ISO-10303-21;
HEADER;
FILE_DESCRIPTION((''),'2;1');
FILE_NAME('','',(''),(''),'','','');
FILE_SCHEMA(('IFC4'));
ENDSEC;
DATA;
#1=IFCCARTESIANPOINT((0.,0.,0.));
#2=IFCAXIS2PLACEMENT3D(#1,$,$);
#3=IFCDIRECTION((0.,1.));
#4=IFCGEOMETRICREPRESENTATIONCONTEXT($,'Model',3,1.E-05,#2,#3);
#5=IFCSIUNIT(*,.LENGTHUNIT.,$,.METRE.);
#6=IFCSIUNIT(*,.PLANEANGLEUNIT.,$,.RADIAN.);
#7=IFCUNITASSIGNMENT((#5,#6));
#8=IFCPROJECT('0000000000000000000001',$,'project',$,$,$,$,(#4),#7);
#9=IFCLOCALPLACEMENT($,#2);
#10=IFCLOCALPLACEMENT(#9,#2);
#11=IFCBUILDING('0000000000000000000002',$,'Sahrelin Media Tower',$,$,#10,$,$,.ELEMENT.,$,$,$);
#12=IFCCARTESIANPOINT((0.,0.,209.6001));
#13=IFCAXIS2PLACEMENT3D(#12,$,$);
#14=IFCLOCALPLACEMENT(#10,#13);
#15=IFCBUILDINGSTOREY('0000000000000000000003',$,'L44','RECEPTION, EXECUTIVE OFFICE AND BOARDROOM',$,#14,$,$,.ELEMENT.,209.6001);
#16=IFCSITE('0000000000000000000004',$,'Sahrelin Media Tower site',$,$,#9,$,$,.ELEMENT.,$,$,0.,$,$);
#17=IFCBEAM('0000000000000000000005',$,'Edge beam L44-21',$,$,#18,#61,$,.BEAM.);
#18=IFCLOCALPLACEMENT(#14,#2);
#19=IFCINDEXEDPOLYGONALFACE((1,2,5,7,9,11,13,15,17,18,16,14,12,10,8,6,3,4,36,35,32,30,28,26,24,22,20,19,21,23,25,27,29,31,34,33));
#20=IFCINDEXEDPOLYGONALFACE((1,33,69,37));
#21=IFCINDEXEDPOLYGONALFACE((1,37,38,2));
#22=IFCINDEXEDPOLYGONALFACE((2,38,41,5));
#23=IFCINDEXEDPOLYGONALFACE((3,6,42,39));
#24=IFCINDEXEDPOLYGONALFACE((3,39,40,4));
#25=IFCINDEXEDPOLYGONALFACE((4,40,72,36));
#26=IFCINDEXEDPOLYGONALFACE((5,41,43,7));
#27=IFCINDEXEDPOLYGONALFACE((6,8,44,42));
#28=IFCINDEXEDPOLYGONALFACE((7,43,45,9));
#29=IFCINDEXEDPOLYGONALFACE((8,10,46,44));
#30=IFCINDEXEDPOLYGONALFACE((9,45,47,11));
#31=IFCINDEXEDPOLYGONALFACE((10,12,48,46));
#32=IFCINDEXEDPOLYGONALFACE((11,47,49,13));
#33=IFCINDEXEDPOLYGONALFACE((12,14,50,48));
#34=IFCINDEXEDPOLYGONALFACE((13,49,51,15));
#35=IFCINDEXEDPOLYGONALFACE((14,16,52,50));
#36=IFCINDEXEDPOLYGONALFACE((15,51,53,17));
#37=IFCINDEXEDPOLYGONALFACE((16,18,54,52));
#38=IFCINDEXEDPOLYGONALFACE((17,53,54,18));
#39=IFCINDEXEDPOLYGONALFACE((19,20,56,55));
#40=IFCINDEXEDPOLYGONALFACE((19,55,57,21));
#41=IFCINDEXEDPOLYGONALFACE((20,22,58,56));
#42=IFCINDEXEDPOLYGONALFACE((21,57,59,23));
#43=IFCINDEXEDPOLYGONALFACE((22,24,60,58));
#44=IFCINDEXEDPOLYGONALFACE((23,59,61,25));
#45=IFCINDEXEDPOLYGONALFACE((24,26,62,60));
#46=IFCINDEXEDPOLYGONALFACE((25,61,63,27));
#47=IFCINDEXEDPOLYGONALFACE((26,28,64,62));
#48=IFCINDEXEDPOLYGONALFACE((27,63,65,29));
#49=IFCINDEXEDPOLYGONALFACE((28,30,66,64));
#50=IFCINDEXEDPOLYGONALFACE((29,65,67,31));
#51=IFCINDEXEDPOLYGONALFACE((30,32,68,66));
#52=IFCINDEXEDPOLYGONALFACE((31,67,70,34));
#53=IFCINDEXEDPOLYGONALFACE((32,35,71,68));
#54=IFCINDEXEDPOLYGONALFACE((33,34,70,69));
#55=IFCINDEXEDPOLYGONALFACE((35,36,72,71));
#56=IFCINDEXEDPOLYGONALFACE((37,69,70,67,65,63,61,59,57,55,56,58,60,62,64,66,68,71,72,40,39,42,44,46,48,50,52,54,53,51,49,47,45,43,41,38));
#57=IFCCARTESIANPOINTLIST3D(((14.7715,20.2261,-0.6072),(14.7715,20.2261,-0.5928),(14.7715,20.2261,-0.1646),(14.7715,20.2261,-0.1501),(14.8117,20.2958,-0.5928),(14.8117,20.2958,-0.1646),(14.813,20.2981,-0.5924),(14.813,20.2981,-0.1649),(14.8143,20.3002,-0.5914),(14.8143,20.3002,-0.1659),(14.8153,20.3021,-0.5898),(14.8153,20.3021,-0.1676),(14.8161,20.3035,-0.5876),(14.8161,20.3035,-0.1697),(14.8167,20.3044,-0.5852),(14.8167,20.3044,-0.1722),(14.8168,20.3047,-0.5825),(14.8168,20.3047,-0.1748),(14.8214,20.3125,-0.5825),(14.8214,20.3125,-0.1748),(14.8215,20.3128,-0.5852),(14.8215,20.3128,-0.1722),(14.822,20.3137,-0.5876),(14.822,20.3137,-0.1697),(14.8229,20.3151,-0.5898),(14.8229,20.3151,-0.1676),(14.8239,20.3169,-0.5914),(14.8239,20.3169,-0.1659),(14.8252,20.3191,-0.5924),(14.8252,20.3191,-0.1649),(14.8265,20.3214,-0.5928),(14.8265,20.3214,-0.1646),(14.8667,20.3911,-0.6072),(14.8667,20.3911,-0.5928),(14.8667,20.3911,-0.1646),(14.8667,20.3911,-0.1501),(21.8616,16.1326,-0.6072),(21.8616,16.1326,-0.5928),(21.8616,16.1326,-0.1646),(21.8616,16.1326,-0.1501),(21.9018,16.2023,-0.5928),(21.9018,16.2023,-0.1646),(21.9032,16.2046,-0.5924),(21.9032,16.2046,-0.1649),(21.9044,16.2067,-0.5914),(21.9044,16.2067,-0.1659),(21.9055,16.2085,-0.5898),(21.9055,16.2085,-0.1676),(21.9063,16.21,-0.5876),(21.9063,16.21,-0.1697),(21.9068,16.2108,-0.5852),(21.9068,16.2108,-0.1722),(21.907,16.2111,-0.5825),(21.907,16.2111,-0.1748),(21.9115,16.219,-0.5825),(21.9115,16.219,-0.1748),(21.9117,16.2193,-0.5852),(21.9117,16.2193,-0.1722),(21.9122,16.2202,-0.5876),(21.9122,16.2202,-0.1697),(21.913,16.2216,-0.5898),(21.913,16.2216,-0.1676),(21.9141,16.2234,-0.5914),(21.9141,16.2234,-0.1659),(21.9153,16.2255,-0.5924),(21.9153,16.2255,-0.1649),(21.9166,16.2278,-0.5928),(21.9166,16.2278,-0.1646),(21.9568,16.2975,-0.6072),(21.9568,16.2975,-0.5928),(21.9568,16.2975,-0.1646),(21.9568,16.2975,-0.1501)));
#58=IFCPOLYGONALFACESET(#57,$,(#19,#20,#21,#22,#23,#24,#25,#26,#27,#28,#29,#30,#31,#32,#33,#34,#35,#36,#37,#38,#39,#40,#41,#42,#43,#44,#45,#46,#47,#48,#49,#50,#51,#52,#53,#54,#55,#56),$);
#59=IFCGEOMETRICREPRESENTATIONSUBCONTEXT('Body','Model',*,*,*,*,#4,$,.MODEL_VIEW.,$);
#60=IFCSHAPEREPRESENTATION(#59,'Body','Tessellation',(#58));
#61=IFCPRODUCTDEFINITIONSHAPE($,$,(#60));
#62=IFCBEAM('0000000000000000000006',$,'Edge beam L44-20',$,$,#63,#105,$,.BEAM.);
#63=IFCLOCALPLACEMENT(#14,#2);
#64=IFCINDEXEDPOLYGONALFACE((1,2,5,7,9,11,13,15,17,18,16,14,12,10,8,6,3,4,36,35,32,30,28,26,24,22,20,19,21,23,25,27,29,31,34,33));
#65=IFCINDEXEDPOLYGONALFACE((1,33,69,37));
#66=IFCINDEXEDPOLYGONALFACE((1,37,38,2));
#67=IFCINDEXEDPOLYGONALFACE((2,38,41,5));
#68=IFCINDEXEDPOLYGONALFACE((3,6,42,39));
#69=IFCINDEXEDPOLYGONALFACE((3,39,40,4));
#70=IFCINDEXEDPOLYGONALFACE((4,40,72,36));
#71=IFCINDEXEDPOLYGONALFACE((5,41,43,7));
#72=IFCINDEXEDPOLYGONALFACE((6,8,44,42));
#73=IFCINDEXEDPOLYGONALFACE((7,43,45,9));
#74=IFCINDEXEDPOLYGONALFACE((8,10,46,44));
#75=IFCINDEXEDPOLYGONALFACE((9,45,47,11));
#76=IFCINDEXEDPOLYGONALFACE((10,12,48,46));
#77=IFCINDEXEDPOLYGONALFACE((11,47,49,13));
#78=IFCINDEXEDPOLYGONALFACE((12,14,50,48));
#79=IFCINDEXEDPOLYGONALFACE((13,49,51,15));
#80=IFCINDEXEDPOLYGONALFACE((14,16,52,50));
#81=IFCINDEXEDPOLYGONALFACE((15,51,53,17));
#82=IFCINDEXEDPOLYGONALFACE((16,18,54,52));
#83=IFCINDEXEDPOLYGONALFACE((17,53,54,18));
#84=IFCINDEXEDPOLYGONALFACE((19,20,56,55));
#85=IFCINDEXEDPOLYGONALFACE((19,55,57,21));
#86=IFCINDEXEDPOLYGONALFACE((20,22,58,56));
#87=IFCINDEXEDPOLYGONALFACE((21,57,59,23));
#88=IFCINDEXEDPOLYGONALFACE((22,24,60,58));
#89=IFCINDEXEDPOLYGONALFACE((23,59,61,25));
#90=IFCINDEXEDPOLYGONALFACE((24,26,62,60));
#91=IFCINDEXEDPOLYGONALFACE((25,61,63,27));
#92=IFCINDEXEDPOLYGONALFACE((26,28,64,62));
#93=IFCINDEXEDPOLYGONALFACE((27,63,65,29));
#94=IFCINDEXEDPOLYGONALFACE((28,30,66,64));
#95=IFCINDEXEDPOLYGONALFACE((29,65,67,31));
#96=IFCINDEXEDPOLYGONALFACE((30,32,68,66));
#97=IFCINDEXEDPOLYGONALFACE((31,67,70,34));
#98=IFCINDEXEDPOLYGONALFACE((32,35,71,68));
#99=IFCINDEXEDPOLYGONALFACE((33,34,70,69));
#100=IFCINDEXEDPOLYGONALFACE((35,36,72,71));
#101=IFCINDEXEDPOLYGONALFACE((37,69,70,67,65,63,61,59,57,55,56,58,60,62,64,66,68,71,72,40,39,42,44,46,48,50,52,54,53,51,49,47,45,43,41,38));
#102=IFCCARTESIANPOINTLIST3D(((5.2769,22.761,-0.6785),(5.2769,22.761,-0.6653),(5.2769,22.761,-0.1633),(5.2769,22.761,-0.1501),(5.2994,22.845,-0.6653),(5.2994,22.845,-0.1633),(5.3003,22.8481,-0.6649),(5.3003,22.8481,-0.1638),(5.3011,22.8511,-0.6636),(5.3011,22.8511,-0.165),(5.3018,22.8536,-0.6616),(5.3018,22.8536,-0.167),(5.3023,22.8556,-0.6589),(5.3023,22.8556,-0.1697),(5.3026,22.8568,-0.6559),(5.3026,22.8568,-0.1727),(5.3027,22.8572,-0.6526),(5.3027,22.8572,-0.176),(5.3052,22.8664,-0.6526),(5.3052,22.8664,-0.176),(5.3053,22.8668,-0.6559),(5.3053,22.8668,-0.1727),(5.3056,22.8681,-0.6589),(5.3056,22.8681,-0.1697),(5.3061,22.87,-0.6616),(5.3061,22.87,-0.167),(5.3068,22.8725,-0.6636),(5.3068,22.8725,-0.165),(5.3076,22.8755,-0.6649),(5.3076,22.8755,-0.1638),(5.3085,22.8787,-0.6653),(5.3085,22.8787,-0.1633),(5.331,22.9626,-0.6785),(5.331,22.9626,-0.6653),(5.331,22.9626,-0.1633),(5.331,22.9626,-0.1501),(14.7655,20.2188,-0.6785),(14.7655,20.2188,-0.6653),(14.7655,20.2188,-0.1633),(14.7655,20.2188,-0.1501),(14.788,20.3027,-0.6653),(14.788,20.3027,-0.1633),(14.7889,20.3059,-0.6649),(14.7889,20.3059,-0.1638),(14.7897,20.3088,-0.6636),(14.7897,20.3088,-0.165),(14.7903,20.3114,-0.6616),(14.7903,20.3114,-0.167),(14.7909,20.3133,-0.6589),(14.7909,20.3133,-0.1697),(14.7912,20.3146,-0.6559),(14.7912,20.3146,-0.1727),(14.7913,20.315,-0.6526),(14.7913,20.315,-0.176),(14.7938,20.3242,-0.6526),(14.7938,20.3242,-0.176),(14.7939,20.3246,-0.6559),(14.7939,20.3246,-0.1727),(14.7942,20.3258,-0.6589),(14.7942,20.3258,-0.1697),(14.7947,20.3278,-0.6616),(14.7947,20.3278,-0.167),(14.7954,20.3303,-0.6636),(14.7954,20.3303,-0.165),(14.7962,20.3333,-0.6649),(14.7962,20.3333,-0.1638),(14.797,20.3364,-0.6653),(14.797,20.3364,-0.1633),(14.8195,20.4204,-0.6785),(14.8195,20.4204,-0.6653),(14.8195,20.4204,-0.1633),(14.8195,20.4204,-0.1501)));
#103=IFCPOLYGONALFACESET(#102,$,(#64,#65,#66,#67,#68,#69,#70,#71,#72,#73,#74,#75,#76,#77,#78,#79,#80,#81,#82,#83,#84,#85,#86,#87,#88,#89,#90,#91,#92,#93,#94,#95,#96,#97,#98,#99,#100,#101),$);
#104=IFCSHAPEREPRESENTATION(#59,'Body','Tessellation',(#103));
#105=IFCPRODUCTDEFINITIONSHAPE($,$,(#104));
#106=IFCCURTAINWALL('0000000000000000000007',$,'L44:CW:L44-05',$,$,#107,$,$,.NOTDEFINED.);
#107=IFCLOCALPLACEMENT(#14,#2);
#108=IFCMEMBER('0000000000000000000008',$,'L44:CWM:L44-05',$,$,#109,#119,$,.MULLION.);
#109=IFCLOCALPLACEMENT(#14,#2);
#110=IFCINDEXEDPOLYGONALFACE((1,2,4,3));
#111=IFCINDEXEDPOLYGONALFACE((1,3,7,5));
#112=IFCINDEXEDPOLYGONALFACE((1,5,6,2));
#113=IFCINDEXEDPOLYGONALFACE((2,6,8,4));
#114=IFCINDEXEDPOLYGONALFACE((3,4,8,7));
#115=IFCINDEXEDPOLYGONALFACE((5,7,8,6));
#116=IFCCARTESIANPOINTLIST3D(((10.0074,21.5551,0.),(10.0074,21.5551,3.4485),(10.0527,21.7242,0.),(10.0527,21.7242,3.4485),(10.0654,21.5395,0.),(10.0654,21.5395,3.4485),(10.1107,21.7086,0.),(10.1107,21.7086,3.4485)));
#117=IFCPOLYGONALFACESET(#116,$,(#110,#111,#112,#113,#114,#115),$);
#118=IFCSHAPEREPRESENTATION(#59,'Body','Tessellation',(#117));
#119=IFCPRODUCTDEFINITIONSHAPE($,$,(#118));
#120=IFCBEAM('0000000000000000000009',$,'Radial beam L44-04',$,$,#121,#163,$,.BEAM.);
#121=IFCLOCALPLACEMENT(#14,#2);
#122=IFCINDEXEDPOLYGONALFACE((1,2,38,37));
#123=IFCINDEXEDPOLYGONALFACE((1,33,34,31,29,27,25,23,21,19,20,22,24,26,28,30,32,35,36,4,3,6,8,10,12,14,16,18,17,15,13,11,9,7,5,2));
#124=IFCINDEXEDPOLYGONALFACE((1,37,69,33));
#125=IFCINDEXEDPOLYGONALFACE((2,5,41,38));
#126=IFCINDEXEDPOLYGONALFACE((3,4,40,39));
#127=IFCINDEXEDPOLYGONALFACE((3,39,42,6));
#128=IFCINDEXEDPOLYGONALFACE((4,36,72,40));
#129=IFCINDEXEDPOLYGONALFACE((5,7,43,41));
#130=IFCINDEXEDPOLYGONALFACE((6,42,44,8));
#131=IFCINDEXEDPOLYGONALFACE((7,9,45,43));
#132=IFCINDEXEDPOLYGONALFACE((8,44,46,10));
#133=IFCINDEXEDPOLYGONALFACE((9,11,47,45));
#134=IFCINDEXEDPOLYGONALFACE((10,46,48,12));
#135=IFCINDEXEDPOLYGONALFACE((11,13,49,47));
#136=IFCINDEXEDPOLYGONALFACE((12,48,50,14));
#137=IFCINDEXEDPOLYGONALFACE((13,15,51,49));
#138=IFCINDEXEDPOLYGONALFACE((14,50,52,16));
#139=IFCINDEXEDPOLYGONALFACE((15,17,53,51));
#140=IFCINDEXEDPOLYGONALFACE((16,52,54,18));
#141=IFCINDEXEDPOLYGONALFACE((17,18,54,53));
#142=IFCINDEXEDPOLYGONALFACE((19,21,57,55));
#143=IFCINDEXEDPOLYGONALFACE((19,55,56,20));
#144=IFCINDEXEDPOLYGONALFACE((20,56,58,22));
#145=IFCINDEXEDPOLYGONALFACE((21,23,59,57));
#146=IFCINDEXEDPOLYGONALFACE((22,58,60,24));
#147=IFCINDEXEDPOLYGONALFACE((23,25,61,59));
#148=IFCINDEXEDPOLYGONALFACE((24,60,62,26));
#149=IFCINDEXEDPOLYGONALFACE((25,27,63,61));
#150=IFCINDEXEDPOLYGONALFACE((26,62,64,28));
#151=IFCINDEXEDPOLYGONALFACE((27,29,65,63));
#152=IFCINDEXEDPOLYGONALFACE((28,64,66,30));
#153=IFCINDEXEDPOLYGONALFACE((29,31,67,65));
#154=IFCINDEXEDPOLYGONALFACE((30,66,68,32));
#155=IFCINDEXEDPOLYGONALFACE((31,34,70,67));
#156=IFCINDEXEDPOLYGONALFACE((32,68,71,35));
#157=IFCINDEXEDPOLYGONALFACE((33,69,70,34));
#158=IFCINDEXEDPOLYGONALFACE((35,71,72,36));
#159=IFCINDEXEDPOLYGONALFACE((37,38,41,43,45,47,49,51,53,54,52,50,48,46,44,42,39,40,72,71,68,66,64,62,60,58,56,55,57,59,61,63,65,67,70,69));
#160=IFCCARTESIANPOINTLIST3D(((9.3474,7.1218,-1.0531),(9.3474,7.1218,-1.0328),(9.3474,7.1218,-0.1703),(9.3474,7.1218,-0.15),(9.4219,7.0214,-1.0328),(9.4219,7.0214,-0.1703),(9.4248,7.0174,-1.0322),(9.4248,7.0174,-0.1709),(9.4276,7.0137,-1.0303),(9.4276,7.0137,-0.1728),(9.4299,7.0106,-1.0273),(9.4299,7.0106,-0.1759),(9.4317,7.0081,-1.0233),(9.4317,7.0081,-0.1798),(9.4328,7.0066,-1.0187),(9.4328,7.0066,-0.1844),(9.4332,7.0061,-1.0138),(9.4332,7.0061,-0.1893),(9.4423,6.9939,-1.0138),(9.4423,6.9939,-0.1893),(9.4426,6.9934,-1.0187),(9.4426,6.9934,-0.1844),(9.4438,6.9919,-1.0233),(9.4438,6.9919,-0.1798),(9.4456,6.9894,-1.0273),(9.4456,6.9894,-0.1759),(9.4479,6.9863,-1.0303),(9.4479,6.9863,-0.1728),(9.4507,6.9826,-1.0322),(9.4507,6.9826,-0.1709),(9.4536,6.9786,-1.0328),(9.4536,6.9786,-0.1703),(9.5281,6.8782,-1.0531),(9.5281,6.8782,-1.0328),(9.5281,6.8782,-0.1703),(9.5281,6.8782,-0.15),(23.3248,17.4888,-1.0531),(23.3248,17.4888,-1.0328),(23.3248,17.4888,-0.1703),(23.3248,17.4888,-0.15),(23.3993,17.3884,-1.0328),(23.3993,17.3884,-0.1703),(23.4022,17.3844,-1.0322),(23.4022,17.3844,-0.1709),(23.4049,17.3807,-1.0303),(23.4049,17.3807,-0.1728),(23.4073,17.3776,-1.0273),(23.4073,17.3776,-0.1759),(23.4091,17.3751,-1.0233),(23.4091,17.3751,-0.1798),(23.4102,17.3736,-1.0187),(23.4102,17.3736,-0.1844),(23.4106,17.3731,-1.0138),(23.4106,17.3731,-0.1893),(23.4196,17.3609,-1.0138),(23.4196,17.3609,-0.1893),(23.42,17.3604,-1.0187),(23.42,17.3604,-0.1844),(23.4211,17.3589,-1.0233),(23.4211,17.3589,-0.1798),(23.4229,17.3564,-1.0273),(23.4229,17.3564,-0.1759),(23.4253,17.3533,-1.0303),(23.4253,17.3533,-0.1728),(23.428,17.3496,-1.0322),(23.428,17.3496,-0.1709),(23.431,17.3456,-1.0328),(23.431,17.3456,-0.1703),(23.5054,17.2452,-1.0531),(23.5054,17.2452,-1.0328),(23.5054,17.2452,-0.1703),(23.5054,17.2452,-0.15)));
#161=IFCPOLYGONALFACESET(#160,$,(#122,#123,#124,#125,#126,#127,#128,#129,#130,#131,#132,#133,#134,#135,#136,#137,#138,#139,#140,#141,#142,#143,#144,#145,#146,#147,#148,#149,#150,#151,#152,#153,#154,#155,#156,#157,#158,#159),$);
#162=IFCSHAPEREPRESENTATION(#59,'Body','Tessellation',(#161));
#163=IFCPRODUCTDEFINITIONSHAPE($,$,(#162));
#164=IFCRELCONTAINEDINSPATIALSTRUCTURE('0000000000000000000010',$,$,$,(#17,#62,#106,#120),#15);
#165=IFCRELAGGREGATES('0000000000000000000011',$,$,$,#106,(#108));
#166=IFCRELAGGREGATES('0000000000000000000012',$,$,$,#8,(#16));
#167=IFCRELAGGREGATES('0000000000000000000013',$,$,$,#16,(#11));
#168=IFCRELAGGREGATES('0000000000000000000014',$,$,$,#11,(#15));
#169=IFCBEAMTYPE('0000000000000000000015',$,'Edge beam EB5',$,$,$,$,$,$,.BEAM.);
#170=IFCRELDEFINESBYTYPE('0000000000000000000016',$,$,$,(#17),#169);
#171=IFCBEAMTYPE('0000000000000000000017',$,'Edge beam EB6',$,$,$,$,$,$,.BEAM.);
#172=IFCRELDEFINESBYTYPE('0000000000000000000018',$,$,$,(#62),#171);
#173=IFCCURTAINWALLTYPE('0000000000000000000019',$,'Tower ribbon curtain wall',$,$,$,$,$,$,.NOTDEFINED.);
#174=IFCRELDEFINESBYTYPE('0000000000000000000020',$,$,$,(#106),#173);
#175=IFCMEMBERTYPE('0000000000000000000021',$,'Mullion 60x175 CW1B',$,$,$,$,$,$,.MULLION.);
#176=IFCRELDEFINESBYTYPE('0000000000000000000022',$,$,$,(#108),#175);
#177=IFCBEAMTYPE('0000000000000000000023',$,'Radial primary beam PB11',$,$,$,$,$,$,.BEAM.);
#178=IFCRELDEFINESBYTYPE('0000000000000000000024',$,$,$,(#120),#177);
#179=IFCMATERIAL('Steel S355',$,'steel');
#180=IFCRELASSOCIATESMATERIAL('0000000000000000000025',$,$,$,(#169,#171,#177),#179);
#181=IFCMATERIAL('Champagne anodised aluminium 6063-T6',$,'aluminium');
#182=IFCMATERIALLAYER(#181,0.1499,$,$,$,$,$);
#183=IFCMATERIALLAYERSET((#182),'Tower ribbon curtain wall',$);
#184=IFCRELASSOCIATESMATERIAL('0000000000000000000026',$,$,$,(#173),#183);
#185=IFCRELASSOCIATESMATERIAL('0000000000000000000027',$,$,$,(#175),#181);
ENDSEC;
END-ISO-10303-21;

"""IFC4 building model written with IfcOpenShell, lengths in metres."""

from ifc_helpers import new_model, si_unit, direction, frame, origin, origin_2d, place, context, subcontext, project, spatial, rectangle, i_section, extrude, material, layer, layer_set, material_profile, profile_set, type_object, element, aggregate, save


model = new_model("IFC4")

# Units and contexts
model_context = context("Model", 3, precision=1e-05, world=origin(), true_north=direction((0.0, 1.0)))
body_context = subcontext(model_context, "Body", "Model", "MODEL_VIEW")
ifc_project = project(units=[si_unit("LENGTHUNIT", "METRE"), si_unit("PLANEANGLEUNIT", "RADIAN")], contexts=[model_context])

# Site, building, storey
site_placement = place(None, origin())
site = spatial("IfcSite", under=ifc_project, at=site_placement, Name="Sahrelin Media Tower site", CompositionType="ELEMENT", RefElevation=0.0)
building_placement = place(site_placement, origin())
building = spatial("IfcBuilding", under=site, at=building_placement, Name="Sahrelin Media Tower", CompositionType="ELEMENT")
storey_placement = place(building_placement, frame((0.0, 0.0, 209.6001)))
storey = spatial("IfcBuildingStorey", under=building, at=storey_placement, Name="L44", Description="RECEPTION, EXECUTIVE OFFICE AND BOARDROOM", CompositionType="ELEMENT", Elevation=209.6001)

# Beams
ifc_material_1 = material(Name="Steel S355", Category="steel")
ifc_material_profile_1 = material_profile(ifc_material_1, i_section(OverallWidth=0.1904, OverallDepth=0.457, WebThickness=0.009, FlangeThickness=0.0144, FilletRadius=0.0103, at=origin_2d()), Name="UB 457x191x74")
ifc_profile_set_1 = profile_set([ifc_material_profile_1], Name="Steel S355")
beam_type_1 = type_object("IfcBeamType", Name="Edge beam EB5", PredefinedType="BEAM", material=ifc_profile_set_1)
beam_1_placement = place(storey_placement, frame((14.8191, 20.3086, -0.3787), z_axis=(0.866023, -0.500004, 0.0), x_axis=(0.500004, 0.866023, 0.0)))
element("IfcBeam", 1, at=beam_1_placement, inside=storey, type_object=beam_type_1, Name="Edge beam L44-21", PredefinedType="BEAM", context=body_context, shape_type="SweptSolid", body=[
    extrude(i_section(OverallWidth=0.1904, OverallDepth=0.457, WebThickness=0.009, FlangeThickness=0.0144, FilletRadius=0.0103, at=origin_2d()), origin(), (0.0, 0.0, 1.0), 8.187),
])
ifc_material_profile_2 = material_profile(ifc_material_1, i_section(OverallWidth=0.2087, OverallDepth=0.5283, WebThickness=0.0095, FlangeThickness=0.0132, FilletRadius=0.0127, at=origin_2d()), Name="UB 533x210x82")
ifc_profile_set_2 = profile_set([ifc_material_profile_2], Name="Steel S355")
beam_type_2 = type_object("IfcBeamType", Name="Edge beam EB6", PredefinedType="BEAM", material=ifc_profile_set_2)
beam_2_placement = place(storey_placement, frame((5.304, 22.8618, -0.4143), z_axis=(0.965931, -0.258799, 0.0), x_axis=(0.258799, 0.965931, 0.0)))
element("IfcBeam", 2, at=beam_2_placement, inside=storey, type_object=beam_type_2, Name="Edge beam L44-20", PredefinedType="BEAM", context=body_context, shape_type="SweptSolid", body=[
    extrude(i_section(OverallWidth=0.2087, OverallDepth=0.5283, WebThickness=0.0095, FlangeThickness=0.0132, FilletRadius=0.0127, at=origin_2d()), origin(), (0.0, 0.0, 1.0), 9.8232),
])

# Curtain wall, member
ifc_material_2 = material(Name="Champagne anodised aluminium 6063-T6", Category="aluminium")
ifc_layer_1 = layer(ifc_material_2, 0.1499)
ifc_layer_set_1 = layer_set([ifc_layer_1], Name="Tower ribbon curtain wall")
curtain_wall_type = type_object("IfcCurtainWallType", Name="Tower ribbon curtain wall", PredefinedType="NOTDEFINED", material=ifc_layer_set_1)
curtain_wall_1_placement = place(storey_placement, frame((10.0872, 21.7356, 0.0), z_axis=(0.0, 0.0, 1.0), x_axis=(1.0, 0.0, 0.0)))
curtain_wall_1 = element("IfcCurtainWall", 3, at=curtain_wall_1_placement, inside=storey, type_object=curtain_wall_type, Name="L44:CW:L44-05", PredefinedType="NOTDEFINED")
ifc_material_profile_3 = material_profile(ifc_material_2, rectangle(XDim=0.0601, YDim=0.175, at=origin_2d()), Name="Mullion 60x175")
ifc_profile_set_3 = profile_set([ifc_material_profile_3], Name="Champagne anodised aluminium 6063-T6")
member_type_1 = type_object("IfcMemberType", Name="Mullion 60x175 CW1B", PredefinedType="MULLION", material=ifc_profile_set_3)
member_1_placement = place(storey_placement, frame((10.0591, 21.6318, 0.0), z_axis=(0.0, 0.0, 1.0), x_axis=(-0.965928, 0.258812, 0.0)))
member_1 = element("IfcMember", 4, at=member_1_placement, type_object=member_type_1, Name="L44:CWM:L44-05", PredefinedType="MULLION", context=body_context, shape_type="SweptSolid", body=[
    extrude(rectangle(XDim=0.0601, YDim=0.175, at=origin_2d()), origin(), (0.0, 0.0, 1.0), 3.4485),
])

# Beam
ifc_material_profile_4 = material_profile(ifc_material_1, i_section(OverallWidth=0.3032, OverallDepth=0.9031, WebThickness=0.0151, FlangeThickness=0.0203, FilletRadius=0.019, at=origin_2d()), Name="UB 914x305x201")
ifc_profile_set_4 = profile_set([ifc_material_profile_4], Name="Steel S355")
beam_type_3 = type_object("IfcBeamType", Name="Radial primary beam PB11", PredefinedType="BEAM", material=ifc_profile_set_4)
beam_3_placement = place(storey_placement, frame((9.4377, 7.0, -0.6016), z_axis=(0.803189, 0.595724, 0.0), x_axis=(-0.595724, 0.803189, 0.0)))
element("IfcBeam", 5, at=beam_3_placement, inside=storey, type_object=beam_type_3, Name="Radial beam L44-04", PredefinedType="BEAM", context=body_context, shape_type="SweptSolid", body=[
    extrude(i_section(OverallWidth=0.3032, OverallDepth=0.9031, WebThickness=0.0151, FlangeThickness=0.0203, FilletRadius=0.019, at=origin_2d()), origin(), (0.0, 0.0, 1.0), 17.4023),
])

aggregate(curtain_wall_1, [member_1])

save(model, "model.ifc")
